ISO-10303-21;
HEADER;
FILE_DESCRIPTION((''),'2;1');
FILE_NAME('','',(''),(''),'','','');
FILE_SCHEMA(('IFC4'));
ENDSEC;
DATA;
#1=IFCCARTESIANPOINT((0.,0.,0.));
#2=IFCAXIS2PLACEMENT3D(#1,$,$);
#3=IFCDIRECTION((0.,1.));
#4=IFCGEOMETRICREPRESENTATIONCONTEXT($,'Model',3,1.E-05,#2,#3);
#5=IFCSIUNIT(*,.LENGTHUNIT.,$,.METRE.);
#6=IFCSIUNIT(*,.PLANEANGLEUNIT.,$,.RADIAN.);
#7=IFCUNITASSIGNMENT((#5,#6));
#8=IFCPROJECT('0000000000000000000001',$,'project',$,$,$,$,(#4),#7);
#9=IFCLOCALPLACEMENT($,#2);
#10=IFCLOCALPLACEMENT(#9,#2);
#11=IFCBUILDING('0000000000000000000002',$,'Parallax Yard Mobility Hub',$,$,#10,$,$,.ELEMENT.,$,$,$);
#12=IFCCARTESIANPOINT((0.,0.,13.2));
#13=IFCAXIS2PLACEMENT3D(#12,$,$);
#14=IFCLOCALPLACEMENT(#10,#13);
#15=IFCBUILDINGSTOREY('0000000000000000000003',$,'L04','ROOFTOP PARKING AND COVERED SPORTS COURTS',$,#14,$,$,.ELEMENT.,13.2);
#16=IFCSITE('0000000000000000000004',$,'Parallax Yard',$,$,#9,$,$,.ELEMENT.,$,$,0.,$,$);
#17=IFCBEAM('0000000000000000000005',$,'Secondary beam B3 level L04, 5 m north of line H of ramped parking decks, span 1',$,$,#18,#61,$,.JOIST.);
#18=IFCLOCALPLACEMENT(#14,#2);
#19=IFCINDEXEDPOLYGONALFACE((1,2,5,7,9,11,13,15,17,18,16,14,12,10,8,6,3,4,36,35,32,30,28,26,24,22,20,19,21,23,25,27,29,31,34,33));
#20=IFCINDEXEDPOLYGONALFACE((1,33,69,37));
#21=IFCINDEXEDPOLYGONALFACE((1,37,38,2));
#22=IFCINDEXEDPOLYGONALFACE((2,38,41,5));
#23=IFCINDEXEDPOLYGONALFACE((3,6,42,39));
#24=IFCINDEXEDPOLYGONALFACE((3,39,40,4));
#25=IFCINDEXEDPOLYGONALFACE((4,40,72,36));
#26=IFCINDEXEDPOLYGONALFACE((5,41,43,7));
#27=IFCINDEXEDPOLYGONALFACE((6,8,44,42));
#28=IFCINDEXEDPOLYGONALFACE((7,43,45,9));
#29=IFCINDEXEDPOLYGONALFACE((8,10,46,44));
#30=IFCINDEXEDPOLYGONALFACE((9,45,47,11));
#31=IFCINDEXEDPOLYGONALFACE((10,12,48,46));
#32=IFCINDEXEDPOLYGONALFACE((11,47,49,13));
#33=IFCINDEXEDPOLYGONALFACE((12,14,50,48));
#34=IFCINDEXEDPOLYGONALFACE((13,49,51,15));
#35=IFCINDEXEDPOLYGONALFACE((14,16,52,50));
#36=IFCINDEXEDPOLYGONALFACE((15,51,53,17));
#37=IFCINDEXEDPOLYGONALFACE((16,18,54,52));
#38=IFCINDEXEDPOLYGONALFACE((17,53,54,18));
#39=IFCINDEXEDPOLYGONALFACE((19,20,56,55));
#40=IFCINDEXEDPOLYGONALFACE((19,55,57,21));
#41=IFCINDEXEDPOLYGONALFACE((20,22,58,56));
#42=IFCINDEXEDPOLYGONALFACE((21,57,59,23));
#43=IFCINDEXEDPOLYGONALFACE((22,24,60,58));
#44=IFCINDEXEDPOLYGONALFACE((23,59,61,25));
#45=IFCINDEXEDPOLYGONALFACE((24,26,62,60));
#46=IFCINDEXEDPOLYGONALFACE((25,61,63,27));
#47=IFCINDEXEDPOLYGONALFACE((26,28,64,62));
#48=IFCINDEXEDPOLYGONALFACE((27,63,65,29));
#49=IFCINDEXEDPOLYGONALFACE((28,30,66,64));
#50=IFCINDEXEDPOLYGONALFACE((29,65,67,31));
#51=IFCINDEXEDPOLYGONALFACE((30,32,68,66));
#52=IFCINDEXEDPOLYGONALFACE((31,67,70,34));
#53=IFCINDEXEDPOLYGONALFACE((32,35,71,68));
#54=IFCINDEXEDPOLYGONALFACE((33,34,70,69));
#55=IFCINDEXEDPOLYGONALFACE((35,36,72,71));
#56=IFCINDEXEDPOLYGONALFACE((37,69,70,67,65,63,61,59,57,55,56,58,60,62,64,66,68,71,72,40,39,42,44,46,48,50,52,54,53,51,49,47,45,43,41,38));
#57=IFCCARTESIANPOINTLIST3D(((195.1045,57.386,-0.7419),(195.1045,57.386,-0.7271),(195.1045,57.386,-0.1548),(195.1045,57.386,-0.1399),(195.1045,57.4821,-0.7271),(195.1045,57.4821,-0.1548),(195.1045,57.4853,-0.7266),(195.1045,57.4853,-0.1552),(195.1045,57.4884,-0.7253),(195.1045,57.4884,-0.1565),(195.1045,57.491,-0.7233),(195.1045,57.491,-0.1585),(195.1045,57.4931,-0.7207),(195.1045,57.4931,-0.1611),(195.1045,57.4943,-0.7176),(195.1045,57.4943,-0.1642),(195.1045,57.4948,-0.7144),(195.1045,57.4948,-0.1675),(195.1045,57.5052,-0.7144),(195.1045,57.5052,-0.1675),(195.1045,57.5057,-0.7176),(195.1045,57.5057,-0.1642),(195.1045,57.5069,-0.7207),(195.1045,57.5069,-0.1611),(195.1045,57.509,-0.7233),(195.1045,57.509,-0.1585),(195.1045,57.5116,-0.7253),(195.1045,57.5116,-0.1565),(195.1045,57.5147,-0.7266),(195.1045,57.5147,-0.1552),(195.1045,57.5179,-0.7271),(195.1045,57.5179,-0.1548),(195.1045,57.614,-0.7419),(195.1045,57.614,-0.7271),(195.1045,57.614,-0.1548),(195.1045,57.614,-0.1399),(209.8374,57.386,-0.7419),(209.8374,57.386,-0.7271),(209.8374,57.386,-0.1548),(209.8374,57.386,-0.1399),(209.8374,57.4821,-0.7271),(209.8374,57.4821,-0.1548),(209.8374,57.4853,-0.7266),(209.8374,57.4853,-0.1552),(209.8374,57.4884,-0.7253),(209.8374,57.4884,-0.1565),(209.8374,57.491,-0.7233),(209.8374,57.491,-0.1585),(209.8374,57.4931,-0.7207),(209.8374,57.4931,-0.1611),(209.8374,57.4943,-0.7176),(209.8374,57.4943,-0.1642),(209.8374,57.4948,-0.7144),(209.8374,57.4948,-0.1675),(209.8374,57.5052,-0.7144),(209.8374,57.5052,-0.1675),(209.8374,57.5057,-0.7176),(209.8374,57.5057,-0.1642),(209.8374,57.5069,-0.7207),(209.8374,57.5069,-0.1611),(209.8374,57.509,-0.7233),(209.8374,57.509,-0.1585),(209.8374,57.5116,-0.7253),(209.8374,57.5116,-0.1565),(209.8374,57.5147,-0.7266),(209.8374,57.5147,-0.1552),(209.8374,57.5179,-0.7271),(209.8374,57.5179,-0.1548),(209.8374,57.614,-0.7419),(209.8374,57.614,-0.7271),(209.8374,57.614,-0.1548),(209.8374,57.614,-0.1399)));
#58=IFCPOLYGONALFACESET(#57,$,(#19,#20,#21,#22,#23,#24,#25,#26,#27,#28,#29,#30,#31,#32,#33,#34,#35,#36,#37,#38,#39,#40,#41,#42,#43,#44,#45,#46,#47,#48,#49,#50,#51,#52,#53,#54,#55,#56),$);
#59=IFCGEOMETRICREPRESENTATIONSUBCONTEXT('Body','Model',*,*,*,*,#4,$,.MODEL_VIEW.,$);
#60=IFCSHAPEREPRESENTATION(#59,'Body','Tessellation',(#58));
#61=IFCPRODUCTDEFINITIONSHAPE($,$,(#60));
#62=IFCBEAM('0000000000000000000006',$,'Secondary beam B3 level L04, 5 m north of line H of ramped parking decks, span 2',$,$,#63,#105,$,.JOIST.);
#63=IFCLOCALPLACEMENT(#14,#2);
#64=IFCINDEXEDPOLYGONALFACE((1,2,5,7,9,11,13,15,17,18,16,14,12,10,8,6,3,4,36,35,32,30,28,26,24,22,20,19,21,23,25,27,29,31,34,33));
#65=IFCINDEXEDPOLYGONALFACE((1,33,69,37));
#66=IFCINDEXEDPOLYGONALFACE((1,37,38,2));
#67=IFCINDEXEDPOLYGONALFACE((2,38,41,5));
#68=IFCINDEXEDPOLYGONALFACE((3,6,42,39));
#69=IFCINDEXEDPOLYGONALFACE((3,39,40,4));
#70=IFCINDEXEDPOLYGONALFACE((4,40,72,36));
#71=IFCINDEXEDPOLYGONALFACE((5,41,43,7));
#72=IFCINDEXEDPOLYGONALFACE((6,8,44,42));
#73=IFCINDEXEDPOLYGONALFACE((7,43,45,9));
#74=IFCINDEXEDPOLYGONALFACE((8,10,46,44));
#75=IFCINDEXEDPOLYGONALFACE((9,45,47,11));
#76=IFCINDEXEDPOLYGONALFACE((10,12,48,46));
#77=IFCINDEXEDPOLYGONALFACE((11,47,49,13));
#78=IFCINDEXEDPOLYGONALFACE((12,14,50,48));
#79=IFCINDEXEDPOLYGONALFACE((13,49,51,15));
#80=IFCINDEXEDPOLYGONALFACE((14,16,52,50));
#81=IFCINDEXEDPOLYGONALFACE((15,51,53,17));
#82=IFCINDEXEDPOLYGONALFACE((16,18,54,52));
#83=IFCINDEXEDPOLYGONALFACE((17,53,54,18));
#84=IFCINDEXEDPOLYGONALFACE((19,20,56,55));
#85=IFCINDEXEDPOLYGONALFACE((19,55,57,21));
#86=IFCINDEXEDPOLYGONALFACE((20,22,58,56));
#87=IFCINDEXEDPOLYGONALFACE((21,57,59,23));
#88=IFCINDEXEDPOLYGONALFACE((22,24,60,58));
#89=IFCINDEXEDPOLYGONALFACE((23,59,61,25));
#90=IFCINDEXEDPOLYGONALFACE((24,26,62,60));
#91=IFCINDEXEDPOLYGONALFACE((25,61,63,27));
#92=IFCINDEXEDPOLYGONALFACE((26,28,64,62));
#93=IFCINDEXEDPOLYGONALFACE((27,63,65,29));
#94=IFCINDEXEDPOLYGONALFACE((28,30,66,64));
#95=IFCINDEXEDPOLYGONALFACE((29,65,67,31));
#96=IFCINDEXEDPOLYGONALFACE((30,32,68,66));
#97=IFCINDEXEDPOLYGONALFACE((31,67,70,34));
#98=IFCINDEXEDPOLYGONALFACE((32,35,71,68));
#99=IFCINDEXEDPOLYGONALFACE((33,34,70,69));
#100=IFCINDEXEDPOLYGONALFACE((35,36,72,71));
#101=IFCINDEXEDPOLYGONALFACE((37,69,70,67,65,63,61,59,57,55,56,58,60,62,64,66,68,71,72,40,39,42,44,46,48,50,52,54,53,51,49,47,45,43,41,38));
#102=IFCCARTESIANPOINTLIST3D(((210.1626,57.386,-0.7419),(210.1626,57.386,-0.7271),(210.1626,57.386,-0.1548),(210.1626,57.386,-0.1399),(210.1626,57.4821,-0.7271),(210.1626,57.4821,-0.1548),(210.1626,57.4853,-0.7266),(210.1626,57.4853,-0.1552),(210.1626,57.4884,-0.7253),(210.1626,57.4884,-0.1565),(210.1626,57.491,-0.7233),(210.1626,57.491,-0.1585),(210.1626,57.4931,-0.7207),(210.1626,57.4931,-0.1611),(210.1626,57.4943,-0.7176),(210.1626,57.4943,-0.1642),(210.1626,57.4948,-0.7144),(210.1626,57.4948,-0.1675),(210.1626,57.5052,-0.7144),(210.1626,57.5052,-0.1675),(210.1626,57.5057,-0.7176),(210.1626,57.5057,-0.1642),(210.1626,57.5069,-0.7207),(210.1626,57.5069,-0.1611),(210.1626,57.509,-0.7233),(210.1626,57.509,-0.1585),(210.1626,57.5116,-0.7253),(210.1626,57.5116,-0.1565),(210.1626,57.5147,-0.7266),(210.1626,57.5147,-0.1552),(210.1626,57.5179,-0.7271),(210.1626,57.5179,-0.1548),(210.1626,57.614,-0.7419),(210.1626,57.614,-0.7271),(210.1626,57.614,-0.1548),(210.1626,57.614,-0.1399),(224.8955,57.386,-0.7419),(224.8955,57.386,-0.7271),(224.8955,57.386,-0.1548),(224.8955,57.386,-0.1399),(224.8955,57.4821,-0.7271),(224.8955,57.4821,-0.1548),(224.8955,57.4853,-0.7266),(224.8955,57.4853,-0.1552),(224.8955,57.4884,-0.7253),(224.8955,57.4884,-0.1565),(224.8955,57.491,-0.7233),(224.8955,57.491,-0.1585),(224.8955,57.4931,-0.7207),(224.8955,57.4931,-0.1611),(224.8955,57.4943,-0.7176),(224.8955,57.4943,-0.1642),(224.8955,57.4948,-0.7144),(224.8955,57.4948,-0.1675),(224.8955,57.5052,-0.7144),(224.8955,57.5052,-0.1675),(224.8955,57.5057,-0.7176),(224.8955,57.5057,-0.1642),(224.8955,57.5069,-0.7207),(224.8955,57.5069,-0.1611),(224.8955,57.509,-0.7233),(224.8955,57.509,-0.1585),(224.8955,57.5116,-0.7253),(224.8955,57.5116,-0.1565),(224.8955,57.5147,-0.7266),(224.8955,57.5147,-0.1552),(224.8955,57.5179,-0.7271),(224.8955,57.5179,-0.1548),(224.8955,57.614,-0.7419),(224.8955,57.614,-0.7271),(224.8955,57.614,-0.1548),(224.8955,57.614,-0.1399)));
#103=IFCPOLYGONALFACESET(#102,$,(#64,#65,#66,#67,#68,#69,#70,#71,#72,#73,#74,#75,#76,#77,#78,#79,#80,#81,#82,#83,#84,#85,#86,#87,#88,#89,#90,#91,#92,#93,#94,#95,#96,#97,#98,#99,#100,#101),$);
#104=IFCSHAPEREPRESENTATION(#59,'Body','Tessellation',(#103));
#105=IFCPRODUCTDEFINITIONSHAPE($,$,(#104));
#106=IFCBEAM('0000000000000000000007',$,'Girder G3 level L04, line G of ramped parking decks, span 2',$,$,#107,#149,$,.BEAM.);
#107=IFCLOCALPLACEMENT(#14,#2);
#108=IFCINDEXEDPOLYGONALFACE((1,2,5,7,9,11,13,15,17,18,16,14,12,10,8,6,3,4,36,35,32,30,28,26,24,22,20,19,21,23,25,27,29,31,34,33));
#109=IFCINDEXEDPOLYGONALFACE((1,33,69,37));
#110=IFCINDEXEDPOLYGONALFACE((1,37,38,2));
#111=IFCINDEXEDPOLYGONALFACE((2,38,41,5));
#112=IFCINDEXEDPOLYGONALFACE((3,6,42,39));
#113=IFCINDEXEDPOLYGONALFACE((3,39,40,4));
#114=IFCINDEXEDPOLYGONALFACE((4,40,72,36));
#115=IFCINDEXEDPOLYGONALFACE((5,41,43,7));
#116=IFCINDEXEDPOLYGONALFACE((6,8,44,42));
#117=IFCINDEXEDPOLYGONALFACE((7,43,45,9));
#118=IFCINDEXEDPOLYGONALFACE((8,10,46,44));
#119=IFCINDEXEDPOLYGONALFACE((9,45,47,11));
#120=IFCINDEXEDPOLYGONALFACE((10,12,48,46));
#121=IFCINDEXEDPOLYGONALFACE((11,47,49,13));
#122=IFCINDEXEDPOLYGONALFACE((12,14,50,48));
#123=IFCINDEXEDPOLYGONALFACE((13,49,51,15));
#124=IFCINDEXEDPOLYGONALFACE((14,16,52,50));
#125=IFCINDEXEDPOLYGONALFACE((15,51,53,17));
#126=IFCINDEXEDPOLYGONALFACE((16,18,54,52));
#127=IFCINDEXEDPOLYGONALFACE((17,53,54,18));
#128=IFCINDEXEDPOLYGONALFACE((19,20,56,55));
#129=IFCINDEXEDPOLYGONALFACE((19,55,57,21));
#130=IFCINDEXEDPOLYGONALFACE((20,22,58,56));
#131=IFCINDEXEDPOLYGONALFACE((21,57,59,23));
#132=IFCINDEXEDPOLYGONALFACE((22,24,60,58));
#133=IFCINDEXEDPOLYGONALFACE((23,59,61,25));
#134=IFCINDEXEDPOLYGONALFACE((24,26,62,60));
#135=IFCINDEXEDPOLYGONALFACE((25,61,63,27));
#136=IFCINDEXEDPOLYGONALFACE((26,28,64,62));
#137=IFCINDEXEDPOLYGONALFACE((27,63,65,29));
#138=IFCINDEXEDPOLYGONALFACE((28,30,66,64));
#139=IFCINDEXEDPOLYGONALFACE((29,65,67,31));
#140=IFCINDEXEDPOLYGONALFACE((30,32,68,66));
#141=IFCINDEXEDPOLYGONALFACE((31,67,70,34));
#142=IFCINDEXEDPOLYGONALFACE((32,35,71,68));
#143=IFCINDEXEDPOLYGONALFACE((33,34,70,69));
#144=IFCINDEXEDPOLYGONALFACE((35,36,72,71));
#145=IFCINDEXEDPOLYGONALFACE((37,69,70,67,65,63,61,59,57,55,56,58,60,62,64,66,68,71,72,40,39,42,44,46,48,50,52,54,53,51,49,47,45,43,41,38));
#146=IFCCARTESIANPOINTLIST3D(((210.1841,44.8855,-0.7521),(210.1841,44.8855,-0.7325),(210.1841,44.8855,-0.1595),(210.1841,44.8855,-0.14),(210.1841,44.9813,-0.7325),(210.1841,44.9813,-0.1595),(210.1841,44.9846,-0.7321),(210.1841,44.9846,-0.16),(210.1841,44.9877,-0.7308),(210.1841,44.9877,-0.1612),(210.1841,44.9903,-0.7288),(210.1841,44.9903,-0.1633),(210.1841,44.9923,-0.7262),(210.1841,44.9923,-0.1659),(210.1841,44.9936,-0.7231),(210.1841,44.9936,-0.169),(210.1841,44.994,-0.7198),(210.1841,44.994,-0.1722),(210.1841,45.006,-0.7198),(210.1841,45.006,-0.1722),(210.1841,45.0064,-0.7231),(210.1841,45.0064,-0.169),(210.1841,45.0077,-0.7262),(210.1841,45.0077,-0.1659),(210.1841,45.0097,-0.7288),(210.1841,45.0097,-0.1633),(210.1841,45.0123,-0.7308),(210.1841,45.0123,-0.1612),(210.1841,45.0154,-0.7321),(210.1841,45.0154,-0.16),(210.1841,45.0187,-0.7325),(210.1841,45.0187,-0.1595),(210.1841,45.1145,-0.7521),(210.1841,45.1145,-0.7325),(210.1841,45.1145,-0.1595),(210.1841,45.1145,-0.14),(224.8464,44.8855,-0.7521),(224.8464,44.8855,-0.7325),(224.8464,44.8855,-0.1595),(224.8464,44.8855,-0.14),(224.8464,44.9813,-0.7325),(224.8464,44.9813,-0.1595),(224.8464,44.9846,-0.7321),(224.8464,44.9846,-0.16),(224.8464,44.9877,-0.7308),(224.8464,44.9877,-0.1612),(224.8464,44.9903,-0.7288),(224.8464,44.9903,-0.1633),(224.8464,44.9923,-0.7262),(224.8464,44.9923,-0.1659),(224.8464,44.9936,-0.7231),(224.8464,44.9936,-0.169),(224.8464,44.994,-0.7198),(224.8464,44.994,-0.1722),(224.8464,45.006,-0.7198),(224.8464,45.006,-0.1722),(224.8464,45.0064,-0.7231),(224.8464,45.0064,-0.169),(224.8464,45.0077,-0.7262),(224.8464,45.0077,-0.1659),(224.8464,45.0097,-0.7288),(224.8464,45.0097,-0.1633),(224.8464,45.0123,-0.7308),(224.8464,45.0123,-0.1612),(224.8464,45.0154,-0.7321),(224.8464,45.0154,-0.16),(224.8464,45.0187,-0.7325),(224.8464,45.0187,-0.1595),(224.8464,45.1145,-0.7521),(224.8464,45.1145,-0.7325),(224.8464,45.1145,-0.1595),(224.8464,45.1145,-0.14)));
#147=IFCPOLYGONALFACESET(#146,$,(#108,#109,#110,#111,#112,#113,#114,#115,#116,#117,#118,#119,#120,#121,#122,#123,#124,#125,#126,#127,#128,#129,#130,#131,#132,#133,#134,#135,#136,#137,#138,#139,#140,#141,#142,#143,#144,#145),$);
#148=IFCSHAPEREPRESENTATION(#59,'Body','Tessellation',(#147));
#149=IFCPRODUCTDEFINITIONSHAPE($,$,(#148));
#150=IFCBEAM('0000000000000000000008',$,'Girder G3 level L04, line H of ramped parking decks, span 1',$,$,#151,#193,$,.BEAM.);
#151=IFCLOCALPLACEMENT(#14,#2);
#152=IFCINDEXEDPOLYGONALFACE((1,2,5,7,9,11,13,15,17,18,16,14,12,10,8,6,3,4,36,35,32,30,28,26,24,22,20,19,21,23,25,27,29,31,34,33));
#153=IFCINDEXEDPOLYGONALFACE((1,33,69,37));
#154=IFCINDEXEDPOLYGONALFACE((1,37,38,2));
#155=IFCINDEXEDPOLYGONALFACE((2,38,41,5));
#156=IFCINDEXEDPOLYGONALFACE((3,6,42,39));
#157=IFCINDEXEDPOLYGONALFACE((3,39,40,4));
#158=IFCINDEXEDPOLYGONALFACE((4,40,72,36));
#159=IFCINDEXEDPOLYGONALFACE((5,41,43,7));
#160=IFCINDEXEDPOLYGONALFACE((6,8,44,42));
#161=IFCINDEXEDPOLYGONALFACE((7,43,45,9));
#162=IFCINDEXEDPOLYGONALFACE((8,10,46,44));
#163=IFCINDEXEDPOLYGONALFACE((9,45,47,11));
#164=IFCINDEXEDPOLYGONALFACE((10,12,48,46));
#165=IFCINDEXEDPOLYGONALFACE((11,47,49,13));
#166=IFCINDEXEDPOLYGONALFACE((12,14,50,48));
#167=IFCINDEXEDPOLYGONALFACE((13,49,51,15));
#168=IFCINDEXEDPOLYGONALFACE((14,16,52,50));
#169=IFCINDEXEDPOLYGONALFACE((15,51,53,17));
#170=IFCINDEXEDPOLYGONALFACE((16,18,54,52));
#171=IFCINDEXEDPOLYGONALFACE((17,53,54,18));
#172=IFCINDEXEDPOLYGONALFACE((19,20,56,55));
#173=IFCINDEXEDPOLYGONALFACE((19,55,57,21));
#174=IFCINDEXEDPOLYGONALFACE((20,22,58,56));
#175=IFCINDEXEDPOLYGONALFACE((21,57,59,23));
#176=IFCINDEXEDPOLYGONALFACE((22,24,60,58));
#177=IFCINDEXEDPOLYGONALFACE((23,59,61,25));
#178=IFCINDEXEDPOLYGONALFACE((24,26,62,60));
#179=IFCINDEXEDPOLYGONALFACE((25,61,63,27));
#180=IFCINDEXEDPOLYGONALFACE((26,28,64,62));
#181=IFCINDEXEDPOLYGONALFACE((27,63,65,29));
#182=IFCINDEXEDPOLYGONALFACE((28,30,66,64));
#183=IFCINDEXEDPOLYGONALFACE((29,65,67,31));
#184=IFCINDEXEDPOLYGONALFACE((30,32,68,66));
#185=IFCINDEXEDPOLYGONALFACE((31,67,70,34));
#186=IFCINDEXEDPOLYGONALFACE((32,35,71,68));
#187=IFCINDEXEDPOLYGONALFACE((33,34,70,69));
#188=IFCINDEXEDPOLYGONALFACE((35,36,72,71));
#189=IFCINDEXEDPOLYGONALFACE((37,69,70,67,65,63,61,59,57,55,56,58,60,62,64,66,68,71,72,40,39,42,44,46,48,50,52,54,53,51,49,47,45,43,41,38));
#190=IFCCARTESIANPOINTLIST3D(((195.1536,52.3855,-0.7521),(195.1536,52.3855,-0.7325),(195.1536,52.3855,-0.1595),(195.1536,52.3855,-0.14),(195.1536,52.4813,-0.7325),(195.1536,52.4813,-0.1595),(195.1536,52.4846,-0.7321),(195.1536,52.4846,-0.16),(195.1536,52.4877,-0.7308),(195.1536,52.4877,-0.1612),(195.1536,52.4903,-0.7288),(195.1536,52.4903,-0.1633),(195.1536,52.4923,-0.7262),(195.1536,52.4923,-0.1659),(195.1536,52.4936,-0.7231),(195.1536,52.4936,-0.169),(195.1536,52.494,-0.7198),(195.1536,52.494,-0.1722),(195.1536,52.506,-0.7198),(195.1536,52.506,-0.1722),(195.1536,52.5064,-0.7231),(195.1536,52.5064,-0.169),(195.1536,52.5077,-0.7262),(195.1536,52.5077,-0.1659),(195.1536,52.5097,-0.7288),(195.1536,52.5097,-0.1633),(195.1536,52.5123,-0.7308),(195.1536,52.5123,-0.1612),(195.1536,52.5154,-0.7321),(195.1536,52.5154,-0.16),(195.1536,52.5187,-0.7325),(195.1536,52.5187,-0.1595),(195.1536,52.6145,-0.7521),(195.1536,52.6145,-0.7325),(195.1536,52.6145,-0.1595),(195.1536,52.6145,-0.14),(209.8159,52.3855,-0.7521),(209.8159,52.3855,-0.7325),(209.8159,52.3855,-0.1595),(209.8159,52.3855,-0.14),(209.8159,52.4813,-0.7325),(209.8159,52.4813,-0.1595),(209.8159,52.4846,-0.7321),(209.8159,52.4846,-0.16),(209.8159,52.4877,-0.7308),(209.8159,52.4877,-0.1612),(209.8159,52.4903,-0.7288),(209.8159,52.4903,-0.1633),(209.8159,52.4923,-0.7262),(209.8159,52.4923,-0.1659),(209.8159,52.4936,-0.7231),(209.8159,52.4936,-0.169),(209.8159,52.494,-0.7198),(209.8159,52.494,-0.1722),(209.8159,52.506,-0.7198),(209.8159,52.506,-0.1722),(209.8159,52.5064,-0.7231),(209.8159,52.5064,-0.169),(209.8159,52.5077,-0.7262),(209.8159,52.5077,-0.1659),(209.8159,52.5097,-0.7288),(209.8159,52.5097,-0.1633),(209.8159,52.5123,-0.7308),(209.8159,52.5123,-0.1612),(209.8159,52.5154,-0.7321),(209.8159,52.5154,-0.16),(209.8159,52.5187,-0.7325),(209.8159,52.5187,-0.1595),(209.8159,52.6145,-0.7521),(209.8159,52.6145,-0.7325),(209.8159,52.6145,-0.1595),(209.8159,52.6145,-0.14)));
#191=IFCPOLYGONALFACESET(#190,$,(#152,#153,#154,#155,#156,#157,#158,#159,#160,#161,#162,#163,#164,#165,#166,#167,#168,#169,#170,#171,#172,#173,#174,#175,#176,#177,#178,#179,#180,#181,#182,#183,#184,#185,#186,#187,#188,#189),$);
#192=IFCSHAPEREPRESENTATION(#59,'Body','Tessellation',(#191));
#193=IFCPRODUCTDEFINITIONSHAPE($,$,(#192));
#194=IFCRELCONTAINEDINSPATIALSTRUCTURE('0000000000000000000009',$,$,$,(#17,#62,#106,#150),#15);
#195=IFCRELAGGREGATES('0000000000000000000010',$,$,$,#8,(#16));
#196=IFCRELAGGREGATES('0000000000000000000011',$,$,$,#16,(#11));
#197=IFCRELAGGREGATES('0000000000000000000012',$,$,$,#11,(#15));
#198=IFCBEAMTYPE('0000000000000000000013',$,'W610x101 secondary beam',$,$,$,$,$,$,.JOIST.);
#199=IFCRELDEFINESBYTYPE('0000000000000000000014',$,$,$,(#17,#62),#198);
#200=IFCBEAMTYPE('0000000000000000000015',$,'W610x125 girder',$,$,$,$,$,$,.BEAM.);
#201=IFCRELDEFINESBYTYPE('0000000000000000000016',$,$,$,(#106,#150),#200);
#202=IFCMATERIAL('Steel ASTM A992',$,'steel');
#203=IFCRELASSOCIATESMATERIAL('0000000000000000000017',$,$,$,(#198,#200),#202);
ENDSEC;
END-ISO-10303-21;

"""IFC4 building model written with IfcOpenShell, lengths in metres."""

from ifc_helpers import new_model, si_unit, direction, frame, origin, origin_2d, place, context, subcontext, project, spatial, i_section, extrude, material, material_profile, profile_set, type_object, element, save


model = new_model("IFC4")

# Units and contexts
model_context = context("Model", 3, precision=1e-05, world=origin(), true_north=direction((0.0, 1.0)))
body_context = subcontext(model_context, "Body", "Model", "MODEL_VIEW")
ifc_project = project(units=[si_unit("LENGTHUNIT", "METRE"), si_unit("PLANEANGLEUNIT", "RADIAN")], contexts=[model_context])

# Site, building, storey
site_placement = place(None, origin())
site = spatial("IfcSite", under=ifc_project, at=site_placement, Name="Parallax Yard", CompositionType="ELEMENT", RefElevation=0.0)
building_placement = place(site_placement, origin())
building = spatial("IfcBuilding", under=site, at=building_placement, Name="Parallax Yard Mobility Hub", CompositionType="ELEMENT")
storey_placement = place(building_placement, frame((0.0, 0.0, 13.2)))
storey = spatial("IfcBuildingStorey", under=building, at=storey_placement, Name="L04", Description="ROOFTOP PARKING AND COVERED SPORTS COURTS", CompositionType="ELEMENT", Elevation=13.2)

# Shared definitions
ifc_material_1 = material(Name="Steel ASTM A992", Category="steel")

# Beams
ifc_material_profile_1 = material_profile(ifc_material_1, i_section(OverallWidth=0.228, OverallDepth=0.6021, WebThickness=0.0105, FlangeThickness=0.0149, FilletRadius=0.0127, at=origin_2d()), Name="W610x101")
ifc_profile_set_1 = profile_set([ifc_material_profile_1], Name="Steel ASTM A992")
beam_type_1 = type_object("IfcBeamType", Name="W610x101 secondary beam", PredefinedType="JOIST", material=ifc_profile_set_1)
for number, where, z_axis, x_axis, name in (
    (1, (195.1045, 57.5, -0.4409), (1.0, 0.0, 0.0), (0.0, 1.0, 0.0), "Secondary beam B3 level L04, 5 m north of line H of ramped parking decks, span 1"),
    (2, (210.1626, 57.5, -0.4409), (1.0, 0.0, 0.0), (0.0, 1.0, 0.0), "Secondary beam B3 level L04, 5 m north of line H of ramped parking decks, span 2"),
):
    element("IfcBeam", number, at=place(storey_placement, frame(where, z_axis=z_axis, x_axis=x_axis)), inside=storey, type_object=beam_type_1, Name=name, PredefinedType="JOIST", context=body_context, shape_type="SweptSolid", body=[
        extrude(i_section(OverallWidth=0.228, OverallDepth=0.6021, WebThickness=0.0105, FlangeThickness=0.0149, FilletRadius=0.0127, at=origin_2d()), origin(), (0.0, 0.0, 1.0), 14.7329),
    ])
ifc_material_profile_2 = material_profile(ifc_material_1, i_section(OverallWidth=0.229, OverallDepth=0.6121, WebThickness=0.012, FlangeThickness=0.0195, FilletRadius=0.0127, at=origin_2d()), Name="W610x125")
ifc_profile_set_2 = profile_set([ifc_material_profile_2], Name="Steel ASTM A992")
beam_type_2 = type_object("IfcBeamType", Name="W610x125 girder", PredefinedType="BEAM", material=ifc_profile_set_2)
for number, where, z_axis, x_axis, name in (
    (3, (210.1841, 45.0, -0.446), (1.0, 0.0, 0.0), (0.0, 1.0, 0.0), "Girder G3 level L04, line G of ramped parking decks, span 2"),
    (4, (195.1536, 52.5, -0.446), (1.0, 0.0, 0.0), (0.0, 1.0, 0.0), "Girder G3 level L04, line H of ramped parking decks, span 1"),
):
    element("IfcBeam", number, at=place(storey_placement, frame(where, z_axis=z_axis, x_axis=x_axis)), inside=storey, type_object=beam_type_2, Name=name, PredefinedType="BEAM", context=body_context, shape_type="SweptSolid", body=[
        extrude(i_section(OverallWidth=0.229, OverallDepth=0.6121, WebThickness=0.012, FlangeThickness=0.0195, FilletRadius=0.0127, at=origin_2d()), origin(), (0.0, 0.0, 1.0), 14.6624),
    ])

save(model, "model.ifc")
